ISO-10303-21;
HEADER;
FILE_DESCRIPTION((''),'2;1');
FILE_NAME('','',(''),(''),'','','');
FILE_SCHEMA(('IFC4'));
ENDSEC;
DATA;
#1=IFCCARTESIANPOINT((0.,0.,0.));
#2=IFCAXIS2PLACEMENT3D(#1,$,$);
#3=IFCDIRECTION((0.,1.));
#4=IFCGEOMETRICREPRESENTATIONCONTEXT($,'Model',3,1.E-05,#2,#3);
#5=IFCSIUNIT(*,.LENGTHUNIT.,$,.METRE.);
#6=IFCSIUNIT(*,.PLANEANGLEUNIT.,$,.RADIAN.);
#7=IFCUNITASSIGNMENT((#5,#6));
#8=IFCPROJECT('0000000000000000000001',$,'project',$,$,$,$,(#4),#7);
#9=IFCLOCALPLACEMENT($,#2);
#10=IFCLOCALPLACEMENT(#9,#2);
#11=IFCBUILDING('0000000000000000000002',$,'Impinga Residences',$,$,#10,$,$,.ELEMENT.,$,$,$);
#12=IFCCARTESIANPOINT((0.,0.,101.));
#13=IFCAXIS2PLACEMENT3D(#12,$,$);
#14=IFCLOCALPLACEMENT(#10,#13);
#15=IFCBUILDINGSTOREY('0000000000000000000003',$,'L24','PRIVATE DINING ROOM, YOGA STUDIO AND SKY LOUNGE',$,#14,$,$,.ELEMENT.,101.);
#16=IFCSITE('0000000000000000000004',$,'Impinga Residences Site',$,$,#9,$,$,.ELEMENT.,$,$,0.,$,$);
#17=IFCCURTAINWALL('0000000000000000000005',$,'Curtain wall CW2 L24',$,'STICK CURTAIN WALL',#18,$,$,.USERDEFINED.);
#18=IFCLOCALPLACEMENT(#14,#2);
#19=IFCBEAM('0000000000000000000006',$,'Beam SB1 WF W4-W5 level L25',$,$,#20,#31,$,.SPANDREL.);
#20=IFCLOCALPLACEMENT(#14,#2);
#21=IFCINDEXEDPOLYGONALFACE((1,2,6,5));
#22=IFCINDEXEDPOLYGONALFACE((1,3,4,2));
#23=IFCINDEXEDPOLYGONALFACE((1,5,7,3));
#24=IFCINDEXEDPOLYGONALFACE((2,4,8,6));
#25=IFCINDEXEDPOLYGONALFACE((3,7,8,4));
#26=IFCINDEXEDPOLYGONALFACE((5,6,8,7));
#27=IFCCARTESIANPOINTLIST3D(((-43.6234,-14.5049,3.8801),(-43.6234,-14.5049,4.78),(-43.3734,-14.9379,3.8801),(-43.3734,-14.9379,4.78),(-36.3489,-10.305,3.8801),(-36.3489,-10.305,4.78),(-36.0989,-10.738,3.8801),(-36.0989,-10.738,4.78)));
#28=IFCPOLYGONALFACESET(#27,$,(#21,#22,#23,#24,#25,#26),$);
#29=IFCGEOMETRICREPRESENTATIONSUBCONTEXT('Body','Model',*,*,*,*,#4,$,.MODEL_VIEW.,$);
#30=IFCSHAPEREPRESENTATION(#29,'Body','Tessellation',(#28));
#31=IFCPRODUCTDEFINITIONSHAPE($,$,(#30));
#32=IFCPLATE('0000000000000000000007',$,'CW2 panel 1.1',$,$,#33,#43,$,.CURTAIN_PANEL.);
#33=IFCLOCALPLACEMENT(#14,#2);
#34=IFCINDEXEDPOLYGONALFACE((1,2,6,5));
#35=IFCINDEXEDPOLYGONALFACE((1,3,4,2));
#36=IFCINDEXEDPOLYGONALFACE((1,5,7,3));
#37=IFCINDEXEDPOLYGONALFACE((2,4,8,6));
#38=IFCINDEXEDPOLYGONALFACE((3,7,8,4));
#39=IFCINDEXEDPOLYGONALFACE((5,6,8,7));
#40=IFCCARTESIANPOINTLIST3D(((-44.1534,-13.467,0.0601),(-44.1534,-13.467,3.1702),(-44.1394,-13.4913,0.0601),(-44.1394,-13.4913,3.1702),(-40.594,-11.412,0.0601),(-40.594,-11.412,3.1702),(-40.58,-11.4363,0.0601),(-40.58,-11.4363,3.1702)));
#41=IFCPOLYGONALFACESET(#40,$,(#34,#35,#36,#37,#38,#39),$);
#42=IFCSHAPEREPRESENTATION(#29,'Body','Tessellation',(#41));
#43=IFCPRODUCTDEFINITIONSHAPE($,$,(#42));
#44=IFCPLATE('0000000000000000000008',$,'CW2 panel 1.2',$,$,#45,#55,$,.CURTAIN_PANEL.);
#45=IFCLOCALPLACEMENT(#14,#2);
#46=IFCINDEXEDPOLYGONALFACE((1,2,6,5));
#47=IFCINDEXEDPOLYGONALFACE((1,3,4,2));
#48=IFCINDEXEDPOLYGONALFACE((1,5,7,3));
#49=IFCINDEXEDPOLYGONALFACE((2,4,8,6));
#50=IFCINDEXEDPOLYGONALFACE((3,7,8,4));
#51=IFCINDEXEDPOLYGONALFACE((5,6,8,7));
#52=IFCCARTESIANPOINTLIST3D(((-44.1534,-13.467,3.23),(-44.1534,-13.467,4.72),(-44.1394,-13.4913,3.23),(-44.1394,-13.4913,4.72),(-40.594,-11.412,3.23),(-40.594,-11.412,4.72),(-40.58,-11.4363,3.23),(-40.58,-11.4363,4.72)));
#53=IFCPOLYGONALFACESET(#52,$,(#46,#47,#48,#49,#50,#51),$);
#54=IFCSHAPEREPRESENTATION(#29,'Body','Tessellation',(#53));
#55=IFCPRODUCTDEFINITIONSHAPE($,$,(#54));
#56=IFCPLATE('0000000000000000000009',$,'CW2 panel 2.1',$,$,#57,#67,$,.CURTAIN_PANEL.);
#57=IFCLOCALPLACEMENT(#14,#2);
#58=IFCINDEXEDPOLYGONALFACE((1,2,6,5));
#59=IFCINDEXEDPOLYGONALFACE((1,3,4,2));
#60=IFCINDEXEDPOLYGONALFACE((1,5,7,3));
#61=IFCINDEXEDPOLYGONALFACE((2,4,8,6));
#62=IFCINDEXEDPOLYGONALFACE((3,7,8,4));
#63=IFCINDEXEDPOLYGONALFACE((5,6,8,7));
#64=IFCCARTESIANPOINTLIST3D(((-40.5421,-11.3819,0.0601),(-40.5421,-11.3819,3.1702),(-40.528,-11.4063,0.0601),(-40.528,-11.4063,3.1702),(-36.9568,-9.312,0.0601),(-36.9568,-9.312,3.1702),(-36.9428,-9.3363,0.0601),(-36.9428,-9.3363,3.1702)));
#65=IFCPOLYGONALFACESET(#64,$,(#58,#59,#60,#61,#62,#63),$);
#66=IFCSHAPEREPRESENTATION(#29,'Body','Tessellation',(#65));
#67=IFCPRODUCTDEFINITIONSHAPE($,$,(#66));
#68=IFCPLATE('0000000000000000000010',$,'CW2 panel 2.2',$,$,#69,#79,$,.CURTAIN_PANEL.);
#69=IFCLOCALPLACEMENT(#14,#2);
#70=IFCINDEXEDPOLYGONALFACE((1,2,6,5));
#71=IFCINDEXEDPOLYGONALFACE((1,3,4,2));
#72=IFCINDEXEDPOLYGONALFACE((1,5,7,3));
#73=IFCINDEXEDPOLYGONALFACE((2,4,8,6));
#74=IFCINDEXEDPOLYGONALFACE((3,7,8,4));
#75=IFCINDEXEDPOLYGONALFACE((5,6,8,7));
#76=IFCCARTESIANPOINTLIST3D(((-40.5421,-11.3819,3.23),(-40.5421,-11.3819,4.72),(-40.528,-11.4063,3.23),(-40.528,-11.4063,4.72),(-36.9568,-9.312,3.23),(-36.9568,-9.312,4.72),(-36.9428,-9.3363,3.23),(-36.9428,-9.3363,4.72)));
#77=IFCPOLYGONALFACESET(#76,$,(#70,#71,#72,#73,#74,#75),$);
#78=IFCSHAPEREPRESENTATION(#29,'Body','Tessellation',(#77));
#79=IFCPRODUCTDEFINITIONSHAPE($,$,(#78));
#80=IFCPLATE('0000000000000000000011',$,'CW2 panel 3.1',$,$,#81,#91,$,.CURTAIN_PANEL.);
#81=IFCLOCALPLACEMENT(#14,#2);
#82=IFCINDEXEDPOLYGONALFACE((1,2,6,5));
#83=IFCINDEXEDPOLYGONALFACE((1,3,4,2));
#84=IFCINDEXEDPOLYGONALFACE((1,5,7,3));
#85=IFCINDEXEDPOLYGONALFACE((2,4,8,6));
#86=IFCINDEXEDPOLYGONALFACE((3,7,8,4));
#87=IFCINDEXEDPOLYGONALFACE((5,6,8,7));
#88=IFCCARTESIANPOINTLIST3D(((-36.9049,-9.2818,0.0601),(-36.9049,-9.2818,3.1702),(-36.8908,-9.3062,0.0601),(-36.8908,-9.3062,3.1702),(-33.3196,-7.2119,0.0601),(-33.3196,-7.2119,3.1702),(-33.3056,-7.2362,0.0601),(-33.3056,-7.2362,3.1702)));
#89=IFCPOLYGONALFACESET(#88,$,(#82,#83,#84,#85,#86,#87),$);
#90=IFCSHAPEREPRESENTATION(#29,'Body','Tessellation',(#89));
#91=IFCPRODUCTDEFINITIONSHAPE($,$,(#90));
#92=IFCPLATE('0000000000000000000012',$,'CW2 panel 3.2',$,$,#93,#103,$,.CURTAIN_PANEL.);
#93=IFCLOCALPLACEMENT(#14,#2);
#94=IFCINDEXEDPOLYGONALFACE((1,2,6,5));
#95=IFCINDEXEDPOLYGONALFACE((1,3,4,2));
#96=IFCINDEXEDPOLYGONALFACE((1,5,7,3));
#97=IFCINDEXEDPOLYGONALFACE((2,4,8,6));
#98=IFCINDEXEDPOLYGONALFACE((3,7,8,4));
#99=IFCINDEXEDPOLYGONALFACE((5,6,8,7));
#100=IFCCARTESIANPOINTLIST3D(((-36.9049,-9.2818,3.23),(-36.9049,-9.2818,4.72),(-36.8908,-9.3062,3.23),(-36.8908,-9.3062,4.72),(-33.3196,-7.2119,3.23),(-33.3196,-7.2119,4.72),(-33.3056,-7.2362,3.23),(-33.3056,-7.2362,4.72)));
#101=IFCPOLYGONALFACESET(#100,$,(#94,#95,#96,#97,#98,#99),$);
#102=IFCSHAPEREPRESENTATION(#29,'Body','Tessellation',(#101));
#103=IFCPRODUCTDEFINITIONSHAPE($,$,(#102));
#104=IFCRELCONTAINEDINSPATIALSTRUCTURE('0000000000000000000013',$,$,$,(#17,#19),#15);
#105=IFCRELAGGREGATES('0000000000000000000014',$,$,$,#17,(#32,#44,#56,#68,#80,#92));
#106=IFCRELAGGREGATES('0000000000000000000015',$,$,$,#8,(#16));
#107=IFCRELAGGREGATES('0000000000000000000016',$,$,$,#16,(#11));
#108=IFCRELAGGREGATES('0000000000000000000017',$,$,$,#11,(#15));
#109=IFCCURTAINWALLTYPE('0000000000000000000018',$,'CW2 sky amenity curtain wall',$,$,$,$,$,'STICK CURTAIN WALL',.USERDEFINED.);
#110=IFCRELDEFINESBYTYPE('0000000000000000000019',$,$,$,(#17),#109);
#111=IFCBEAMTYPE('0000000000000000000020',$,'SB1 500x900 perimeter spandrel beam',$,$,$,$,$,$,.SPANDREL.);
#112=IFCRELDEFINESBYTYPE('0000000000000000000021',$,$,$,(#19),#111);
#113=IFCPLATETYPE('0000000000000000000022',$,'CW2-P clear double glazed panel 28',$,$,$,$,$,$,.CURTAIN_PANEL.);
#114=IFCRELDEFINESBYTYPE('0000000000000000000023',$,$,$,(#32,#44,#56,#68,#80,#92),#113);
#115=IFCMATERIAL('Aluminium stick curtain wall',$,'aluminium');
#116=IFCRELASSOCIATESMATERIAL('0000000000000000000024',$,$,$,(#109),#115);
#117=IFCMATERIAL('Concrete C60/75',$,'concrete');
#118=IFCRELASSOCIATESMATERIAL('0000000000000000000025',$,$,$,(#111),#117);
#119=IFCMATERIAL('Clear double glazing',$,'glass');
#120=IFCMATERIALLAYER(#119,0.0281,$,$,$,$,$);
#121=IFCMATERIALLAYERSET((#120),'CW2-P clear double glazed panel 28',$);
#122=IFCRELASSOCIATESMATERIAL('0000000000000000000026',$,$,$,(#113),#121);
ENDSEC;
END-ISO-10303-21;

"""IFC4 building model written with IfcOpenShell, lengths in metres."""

from ifc_helpers import new_model, si_unit, direction, frame, origin, origin_2d, place, context, subcontext, project, spatial, rectangle, extrude, material, layer, layer_set, material_profile, profile_set, type_object, element, aggregate, save


model = new_model("IFC4")

# Units and contexts
model_context = context("Model", 3, precision=1e-05, world=origin(), true_north=direction((0.0, 1.0)))
body_context = subcontext(model_context, "Body", "Model", "MODEL_VIEW")
ifc_project = project(units=[si_unit("LENGTHUNIT", "METRE"), si_unit("PLANEANGLEUNIT", "RADIAN")], contexts=[model_context])

# Site, building, storey
site_placement = place(None, origin())
site = spatial("IfcSite", under=ifc_project, at=site_placement, Name="Impinga Residences Site", CompositionType="ELEMENT", RefElevation=0.0)
building_placement = place(site_placement, origin())
building = spatial("IfcBuilding", under=site, at=building_placement, Name="Impinga Residences", CompositionType="ELEMENT")
storey_placement = place(building_placement, frame((0.0, 0.0, 101.0)))
storey = spatial("IfcBuildingStorey", under=building, at=storey_placement, Name="L24", Description="PRIVATE DINING ROOM, YOGA STUDIO AND SKY LOUNGE", CompositionType="ELEMENT", Elevation=101.0)

# Shared definitions
ifc_material_1 = material(Name="Concrete C60/75", Category="concrete")

# Curtain wall
ifc_material_2 = material(Name="Aluminium stick curtain wall", Category="aluminium")
curtain_wall_type = type_object("IfcCurtainWallType", Name="CW2 sky amenity curtain wall", ElementType="STICK CURTAIN WALL", PredefinedType="USERDEFINED", material=ifc_material_2)
curtain_wall_placement = place(storey_placement, origin())
curtain_wall = element("IfcCurtainWall", 1, at=curtain_wall_placement, inside=storey, type_object=curtain_wall_type, Name="Curtain wall CW2 L24", ObjectType="STICK CURTAIN WALL", PredefinedType="USERDEFINED")

# Beam
ifc_material_profile_1 = material_profile(ifc_material_1, rectangle(XDim=0.5, YDim=0.8999, at=origin_2d()), Name="RC 500x900")
ifc_profile_set_1 = profile_set([ifc_material_profile_1], Name="Concrete C60/75")
beam_type = type_object("IfcBeamType", Name="SB1 500x900 perimeter spandrel beam", PredefinedType="SPANDREL", material=ifc_profile_set_1)
beam_placement = place(storey_placement, frame((-36.2239, -10.5215, 4.3301), z_axis=(-0.866029, -0.499993, 0.0), x_axis=(0.499993, -0.866029, 0.0)))
element("IfcBeam", 2, at=beam_placement, inside=storey, type_object=beam_type, Name="Beam SB1 WF W4-W5 level L25", PredefinedType="SPANDREL", context=body_context, shape_type="SweptSolid", body=[
    extrude(rectangle(XDim=0.5, YDim=0.8999, at=origin_2d()), origin(), (0.0, 0.0, 1.0), 8.3999),
])

# Plates
ifc_material_3 = material(Name="Clear double glazing", Category="glass")
ifc_layer = layer(ifc_material_3, 0.0281)
ifc_layer_set = layer_set([ifc_layer], Name="CW2-P clear double glazed panel 28")
plate_type = type_object("IfcPlateType", Name="CW2-P clear double glazed panel 28", PredefinedType="CURTAIN_PANEL", material=ifc_layer_set)
plate_1_placement = place(storey_placement, frame((-42.3667, -12.4517, 0.0601), z_axis=(0.0, 0.0, 1.0), x_axis=(0.866025, 0.5, 0.0)))
plate_1 = element("IfcPlate", 3, at=plate_1_placement, type_object=plate_type, Name="CW2 panel 1.1", PredefinedType="CURTAIN_PANEL", context=body_context, shape_type="SweptSolid", body=[
    extrude(rectangle(XDim=4.1101, YDim=0.0281, at=origin_2d()), origin(), (0.0, 0.0, 1.0), 3.1101),
])
plate_2_placement = place(storey_placement, frame((-42.3667, -12.4517, 3.23), z_axis=(0.0, 0.0, 1.0), x_axis=(0.866025, 0.5, 0.0)))
plate_2 = element("IfcPlate", 4, at=plate_2_placement, type_object=plate_type, Name="CW2 panel 1.2", PredefinedType="CURTAIN_PANEL", context=body_context, shape_type="SweptSolid", body=[
    extrude(rectangle(XDim=4.1101, YDim=0.0281, at=origin_2d()), origin(), (0.0, 0.0, 1.0), 1.49),
])
plate_3_placement = place(storey_placement, frame((-38.7424, -10.3591, 0.0601), z_axis=(0.0, 0.0, 1.0), x_axis=(0.866025, 0.5, 0.0)))
plate_3 = element("IfcPlate", 5, at=plate_3_placement, type_object=plate_type, Name="CW2 panel 2.1", PredefinedType="CURTAIN_PANEL", context=body_context, shape_type="SweptSolid", body=[
    extrude(rectangle(XDim=4.1399, YDim=0.0281, at=origin_2d()), origin(), (0.0, 0.0, 1.0), 3.1101),
])
plate_4_placement = place(storey_placement, frame((-38.7424, -10.3591, 3.23), z_axis=(0.0, 0.0, 1.0), x_axis=(0.866025, 0.5, 0.0)))
plate_4 = element("IfcPlate", 6, at=plate_4_placement, type_object=plate_type, Name="CW2 panel 2.2", PredefinedType="CURTAIN_PANEL", context=body_context, shape_type="SweptSolid", body=[
    extrude(rectangle(XDim=4.1399, YDim=0.0281, at=origin_2d()), origin(), (0.0, 0.0, 1.0), 1.49),
])
plate_5_placement = place(storey_placement, frame((-35.1052, -8.259, 0.0601), z_axis=(0.0, 0.0, 1.0), x_axis=(0.866025, 0.5, 0.0)))
plate_5 = element("IfcPlate", 7, at=plate_5_placement, type_object=plate_type, Name="CW2 panel 3.1", PredefinedType="CURTAIN_PANEL", context=body_context, shape_type="SweptSolid", body=[
    extrude(rectangle(XDim=4.1399, YDim=0.0281, at=origin_2d()), origin(), (0.0, 0.0, 1.0), 3.1101),
])
plate_6_placement = place(storey_placement, frame((-35.1052, -8.259, 3.23), z_axis=(0.0, 0.0, 1.0), x_axis=(0.866025, 0.5, 0.0)))
plate_6 = element("IfcPlate", 8, at=plate_6_placement, type_object=plate_type, Name="CW2 panel 3.2", PredefinedType="CURTAIN_PANEL", context=body_context, shape_type="SweptSolid", body=[
    extrude(rectangle(XDim=4.1399, YDim=0.0281, at=origin_2d()), origin(), (0.0, 0.0, 1.0), 1.49),
])
aggregate(curtain_wall, [plate_1, plate_2, plate_3, plate_4, plate_5, plate_6])

save(model, "model.ifc")
